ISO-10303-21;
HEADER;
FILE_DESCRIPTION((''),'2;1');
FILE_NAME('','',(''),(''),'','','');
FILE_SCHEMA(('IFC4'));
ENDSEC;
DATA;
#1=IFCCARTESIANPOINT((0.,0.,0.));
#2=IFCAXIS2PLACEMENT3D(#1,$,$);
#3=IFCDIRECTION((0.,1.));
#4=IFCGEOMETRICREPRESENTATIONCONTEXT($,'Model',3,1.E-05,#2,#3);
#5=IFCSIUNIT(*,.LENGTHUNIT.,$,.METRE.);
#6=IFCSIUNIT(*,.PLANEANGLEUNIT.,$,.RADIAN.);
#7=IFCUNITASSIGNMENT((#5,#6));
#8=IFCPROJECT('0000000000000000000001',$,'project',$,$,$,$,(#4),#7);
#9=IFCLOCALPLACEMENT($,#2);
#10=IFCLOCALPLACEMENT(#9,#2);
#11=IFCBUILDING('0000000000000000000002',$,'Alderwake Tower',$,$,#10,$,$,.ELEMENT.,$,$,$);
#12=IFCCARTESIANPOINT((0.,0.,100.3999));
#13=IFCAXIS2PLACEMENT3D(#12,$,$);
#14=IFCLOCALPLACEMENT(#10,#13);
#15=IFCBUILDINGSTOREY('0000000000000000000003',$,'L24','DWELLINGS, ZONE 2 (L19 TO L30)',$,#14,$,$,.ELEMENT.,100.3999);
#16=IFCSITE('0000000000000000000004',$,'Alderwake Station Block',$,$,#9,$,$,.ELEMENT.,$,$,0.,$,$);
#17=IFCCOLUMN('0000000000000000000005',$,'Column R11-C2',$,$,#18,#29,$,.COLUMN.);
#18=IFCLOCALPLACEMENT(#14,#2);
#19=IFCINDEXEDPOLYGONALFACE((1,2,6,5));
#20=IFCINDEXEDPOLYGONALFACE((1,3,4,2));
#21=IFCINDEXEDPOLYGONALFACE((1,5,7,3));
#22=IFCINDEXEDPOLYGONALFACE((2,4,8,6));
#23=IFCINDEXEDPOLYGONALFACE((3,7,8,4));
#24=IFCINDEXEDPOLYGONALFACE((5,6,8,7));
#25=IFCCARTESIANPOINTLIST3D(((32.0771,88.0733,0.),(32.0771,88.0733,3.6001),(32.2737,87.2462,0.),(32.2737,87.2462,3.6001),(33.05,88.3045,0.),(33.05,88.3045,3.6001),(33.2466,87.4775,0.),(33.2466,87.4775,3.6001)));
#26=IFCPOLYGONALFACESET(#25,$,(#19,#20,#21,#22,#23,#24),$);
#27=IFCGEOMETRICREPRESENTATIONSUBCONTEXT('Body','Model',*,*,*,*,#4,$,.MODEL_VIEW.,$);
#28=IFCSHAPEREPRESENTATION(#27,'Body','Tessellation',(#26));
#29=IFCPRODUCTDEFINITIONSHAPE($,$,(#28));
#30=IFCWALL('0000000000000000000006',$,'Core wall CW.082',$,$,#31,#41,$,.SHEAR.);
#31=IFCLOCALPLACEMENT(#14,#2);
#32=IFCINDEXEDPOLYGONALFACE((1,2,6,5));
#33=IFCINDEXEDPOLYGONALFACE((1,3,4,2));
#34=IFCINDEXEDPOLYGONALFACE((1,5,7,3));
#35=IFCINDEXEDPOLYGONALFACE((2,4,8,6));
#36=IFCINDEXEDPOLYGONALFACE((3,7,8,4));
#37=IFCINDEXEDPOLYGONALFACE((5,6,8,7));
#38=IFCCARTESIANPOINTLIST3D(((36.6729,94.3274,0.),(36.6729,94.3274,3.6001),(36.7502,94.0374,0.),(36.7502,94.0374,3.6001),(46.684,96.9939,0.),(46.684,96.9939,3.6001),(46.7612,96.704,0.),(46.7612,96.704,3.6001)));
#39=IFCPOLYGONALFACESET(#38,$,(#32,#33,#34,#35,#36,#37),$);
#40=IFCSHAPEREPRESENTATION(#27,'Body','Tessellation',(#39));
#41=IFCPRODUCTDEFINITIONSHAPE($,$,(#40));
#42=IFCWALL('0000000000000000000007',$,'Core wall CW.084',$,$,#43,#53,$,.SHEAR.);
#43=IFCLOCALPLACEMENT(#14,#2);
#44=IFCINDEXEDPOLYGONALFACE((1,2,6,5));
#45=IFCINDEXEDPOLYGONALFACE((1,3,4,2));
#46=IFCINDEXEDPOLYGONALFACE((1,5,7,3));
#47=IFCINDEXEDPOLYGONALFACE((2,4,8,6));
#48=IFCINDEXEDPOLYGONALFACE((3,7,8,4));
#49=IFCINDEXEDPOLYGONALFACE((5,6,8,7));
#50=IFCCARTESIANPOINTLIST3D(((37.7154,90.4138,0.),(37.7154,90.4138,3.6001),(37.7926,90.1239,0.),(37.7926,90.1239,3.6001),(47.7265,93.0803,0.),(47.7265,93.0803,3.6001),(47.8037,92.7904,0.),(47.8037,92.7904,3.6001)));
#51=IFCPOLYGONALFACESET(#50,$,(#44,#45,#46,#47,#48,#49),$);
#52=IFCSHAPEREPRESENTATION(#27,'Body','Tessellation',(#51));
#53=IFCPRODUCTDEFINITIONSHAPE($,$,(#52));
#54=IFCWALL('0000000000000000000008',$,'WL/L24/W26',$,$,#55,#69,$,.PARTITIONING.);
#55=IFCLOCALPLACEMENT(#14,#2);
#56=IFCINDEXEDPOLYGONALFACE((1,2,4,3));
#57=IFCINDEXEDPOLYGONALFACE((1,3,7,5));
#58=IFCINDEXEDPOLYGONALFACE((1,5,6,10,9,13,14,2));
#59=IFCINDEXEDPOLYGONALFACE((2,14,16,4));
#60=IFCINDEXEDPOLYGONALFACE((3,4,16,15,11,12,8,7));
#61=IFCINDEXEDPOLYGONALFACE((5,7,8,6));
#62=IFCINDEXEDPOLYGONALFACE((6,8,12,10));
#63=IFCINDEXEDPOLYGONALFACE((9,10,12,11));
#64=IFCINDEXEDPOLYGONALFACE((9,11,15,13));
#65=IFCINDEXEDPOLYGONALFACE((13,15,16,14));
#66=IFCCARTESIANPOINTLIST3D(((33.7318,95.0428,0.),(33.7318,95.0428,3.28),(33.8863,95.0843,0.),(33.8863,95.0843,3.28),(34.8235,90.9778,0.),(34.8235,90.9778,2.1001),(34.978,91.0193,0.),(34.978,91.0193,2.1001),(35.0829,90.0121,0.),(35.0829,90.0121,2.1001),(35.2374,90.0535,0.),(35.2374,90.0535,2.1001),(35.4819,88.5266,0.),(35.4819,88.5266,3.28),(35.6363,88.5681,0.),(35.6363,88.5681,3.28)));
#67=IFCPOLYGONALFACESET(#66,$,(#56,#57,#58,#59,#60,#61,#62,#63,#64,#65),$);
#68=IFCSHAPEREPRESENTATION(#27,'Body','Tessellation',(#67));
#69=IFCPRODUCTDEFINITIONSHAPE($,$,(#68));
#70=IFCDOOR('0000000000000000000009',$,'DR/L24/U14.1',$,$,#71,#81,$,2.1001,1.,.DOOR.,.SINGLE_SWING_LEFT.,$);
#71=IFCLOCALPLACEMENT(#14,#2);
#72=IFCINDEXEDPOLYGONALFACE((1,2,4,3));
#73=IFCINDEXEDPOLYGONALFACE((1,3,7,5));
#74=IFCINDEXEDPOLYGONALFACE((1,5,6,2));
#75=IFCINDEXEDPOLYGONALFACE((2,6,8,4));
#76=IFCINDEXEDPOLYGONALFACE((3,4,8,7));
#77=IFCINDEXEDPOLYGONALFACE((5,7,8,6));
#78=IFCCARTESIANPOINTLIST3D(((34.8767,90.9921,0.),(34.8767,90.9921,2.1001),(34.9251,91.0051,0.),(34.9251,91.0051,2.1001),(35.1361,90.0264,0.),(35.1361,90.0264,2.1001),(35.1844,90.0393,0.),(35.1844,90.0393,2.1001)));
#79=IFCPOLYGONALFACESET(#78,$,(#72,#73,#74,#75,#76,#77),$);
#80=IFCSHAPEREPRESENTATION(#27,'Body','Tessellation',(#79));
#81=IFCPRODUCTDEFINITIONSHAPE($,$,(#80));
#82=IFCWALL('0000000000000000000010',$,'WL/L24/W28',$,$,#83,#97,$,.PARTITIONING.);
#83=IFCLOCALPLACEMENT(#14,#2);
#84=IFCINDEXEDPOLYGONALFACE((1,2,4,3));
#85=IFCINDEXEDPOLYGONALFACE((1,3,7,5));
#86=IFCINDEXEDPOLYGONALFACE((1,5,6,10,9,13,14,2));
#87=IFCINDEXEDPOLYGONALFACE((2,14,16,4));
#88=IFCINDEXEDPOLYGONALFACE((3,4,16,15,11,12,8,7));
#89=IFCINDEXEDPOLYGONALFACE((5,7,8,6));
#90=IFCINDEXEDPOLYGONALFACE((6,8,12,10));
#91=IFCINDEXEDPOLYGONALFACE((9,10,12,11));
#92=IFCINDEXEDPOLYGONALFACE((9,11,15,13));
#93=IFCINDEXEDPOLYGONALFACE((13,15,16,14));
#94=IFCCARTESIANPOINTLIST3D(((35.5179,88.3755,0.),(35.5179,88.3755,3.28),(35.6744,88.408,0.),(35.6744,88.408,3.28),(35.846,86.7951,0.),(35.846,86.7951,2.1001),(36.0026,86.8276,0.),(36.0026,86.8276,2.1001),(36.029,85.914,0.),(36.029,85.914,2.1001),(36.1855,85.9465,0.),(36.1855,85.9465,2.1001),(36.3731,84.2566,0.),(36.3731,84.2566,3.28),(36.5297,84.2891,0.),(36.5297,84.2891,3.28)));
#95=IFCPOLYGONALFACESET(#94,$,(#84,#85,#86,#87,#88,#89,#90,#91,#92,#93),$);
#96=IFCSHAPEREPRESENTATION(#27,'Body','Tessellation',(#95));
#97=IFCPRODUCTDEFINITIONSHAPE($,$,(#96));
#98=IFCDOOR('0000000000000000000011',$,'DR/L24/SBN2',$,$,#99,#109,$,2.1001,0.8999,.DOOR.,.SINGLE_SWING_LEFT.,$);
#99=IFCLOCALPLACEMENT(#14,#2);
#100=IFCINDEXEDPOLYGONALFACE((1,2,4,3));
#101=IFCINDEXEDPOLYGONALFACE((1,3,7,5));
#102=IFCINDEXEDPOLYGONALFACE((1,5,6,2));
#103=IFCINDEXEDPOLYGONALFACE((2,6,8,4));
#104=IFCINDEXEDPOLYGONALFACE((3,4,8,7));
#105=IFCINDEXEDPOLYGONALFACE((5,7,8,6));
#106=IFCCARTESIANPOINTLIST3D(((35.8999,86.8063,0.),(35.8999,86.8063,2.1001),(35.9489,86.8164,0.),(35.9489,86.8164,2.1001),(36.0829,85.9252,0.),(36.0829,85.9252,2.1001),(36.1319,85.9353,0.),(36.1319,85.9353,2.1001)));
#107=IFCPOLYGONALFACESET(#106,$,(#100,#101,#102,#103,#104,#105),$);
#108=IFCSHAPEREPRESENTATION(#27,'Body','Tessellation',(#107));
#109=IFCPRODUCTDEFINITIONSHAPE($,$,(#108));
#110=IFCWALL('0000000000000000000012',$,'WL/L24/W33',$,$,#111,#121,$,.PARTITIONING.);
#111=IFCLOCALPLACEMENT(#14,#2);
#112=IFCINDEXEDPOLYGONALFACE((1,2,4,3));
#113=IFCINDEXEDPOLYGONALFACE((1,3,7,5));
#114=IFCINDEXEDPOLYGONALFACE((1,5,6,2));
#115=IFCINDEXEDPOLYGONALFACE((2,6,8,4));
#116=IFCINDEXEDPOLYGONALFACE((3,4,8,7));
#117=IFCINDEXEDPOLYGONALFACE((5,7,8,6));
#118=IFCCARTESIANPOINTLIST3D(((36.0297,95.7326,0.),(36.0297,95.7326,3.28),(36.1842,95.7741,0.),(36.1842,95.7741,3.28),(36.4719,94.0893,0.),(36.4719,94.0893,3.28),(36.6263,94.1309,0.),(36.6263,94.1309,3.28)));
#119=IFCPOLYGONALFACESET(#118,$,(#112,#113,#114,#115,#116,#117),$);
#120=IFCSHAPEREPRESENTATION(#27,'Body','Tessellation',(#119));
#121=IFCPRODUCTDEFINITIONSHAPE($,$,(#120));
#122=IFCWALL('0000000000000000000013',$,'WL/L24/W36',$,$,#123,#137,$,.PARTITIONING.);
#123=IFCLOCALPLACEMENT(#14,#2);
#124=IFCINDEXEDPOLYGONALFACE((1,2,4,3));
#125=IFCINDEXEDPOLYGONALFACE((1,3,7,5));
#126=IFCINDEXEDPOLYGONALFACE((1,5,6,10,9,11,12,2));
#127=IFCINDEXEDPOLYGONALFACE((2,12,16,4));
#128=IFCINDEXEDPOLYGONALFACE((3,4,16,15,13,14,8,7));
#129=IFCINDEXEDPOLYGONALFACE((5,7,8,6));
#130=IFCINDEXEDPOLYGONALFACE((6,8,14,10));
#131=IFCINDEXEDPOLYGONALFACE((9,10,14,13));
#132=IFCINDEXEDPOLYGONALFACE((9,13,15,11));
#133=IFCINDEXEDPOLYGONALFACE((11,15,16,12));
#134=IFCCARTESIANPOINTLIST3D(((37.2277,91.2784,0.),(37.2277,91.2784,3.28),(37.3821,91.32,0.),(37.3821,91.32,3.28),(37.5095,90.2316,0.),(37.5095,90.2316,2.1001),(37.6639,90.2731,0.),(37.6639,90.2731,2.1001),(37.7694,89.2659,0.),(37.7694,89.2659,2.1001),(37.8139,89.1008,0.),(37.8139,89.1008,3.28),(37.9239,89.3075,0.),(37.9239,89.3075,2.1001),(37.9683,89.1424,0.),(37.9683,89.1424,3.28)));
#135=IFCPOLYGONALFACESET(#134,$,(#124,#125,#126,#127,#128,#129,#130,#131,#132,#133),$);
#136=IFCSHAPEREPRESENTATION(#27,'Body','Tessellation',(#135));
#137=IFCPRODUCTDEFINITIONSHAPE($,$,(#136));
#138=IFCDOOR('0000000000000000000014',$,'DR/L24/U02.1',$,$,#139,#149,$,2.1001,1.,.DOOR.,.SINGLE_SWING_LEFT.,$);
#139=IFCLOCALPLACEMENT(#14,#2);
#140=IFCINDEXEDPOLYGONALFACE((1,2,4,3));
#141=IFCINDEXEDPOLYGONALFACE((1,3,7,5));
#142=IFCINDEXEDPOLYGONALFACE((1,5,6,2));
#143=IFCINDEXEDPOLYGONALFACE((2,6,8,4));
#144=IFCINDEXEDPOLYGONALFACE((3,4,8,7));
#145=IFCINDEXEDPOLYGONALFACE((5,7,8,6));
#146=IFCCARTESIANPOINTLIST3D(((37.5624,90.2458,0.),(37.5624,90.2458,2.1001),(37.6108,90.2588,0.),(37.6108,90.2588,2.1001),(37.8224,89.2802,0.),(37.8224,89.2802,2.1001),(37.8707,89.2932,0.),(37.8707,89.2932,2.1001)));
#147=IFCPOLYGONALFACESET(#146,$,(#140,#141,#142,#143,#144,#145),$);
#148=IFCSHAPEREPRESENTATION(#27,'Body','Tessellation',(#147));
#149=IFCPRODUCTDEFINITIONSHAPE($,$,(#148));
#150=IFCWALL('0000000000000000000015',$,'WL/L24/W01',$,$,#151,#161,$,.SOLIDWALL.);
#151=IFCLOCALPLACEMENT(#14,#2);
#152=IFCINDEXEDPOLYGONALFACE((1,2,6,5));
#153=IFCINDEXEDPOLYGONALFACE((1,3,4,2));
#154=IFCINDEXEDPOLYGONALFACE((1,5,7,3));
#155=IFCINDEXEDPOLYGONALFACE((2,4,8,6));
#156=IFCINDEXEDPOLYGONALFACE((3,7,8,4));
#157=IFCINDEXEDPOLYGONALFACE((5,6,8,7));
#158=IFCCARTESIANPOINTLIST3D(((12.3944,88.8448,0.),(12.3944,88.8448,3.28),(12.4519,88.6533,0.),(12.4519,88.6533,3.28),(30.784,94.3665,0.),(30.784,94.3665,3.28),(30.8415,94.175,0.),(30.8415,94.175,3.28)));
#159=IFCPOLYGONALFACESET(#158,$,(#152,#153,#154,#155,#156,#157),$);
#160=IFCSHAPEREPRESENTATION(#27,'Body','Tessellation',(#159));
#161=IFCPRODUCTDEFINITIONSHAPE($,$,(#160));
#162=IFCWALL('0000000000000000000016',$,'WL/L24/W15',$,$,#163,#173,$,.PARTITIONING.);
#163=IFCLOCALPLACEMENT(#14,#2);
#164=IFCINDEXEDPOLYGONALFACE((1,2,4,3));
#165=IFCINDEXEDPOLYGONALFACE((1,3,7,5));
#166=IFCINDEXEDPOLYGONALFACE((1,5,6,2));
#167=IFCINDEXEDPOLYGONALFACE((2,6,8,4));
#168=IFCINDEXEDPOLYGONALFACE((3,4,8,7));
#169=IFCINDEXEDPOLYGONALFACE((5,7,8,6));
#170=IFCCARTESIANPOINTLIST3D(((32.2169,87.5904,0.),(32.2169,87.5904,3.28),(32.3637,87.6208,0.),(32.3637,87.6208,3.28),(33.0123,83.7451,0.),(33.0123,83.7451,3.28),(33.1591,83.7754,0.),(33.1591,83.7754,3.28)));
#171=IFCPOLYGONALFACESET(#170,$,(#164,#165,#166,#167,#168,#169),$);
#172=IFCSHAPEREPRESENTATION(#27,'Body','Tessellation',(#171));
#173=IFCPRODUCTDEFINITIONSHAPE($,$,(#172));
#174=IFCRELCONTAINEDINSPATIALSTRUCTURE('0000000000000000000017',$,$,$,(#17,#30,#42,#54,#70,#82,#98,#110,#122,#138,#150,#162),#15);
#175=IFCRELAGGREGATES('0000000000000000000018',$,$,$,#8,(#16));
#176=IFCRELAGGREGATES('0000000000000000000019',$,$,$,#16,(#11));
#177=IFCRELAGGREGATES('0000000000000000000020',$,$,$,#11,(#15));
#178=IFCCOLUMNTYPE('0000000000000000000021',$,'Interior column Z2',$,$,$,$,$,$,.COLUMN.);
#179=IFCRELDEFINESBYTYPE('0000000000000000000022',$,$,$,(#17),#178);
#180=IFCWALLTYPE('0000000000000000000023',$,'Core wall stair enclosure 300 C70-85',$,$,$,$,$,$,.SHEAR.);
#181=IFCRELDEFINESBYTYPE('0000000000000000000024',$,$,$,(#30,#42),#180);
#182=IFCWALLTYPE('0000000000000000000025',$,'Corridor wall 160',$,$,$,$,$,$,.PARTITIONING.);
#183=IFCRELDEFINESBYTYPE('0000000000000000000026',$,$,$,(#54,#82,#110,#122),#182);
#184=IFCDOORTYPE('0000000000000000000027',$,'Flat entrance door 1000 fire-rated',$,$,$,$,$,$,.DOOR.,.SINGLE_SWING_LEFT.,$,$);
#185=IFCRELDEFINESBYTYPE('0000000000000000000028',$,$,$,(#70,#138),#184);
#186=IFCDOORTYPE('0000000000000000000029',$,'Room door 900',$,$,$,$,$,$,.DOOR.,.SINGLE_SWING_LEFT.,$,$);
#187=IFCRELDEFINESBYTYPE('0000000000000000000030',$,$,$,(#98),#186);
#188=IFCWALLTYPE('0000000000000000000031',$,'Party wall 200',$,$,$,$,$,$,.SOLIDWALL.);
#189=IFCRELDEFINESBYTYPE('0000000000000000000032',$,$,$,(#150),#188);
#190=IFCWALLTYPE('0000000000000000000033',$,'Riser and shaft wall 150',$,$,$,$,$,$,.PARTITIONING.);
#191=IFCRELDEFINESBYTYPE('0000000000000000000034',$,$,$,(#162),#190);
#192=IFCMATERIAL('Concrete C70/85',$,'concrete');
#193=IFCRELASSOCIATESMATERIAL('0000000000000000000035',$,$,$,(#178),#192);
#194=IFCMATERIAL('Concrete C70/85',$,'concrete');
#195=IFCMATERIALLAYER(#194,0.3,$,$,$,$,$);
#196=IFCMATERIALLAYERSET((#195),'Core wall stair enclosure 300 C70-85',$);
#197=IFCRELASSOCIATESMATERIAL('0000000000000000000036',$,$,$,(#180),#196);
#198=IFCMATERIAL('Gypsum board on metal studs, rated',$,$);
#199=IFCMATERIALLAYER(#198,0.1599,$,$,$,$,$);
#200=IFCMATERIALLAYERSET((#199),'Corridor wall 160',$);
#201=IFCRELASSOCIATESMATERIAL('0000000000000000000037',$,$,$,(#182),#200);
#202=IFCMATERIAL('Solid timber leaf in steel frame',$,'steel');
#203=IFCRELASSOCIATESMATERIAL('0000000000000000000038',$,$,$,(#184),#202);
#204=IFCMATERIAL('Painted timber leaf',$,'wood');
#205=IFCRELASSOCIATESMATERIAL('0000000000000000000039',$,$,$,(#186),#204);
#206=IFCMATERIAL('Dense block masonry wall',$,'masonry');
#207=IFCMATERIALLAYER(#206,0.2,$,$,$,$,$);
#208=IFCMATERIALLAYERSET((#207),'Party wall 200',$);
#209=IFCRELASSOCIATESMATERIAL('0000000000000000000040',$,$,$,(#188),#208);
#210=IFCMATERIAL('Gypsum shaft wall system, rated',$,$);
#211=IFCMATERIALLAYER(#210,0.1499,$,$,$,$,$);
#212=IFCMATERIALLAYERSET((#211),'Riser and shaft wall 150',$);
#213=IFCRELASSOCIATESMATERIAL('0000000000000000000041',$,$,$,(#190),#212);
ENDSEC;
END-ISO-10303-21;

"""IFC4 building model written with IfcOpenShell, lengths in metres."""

from ifc_helpers import new_model, si_unit, direction, frame, frame_2d, origin, origin_2d, place, context, subcontext, project, spatial, rectangle, extrude, material, layer, layer_set, material_profile, profile_set, type_object, element, fill, save


model = new_model("IFC4")

# Units and contexts
model_context = context("Model", 3, precision=1e-05, world=origin(), true_north=direction((0.0, 1.0)))
body_context = subcontext(model_context, "Body", "Model", "MODEL_VIEW")
ifc_project = project(units=[si_unit("LENGTHUNIT", "METRE"), si_unit("PLANEANGLEUNIT", "RADIAN")], contexts=[model_context])

# Site, building, storey
site_placement = place(None, origin())
site = spatial("IfcSite", under=ifc_project, at=site_placement, Name="Alderwake Station Block", CompositionType="ELEMENT", RefElevation=0.0)
building_placement = place(site_placement, origin())
building = spatial("IfcBuilding", under=site, at=building_placement, Name="Alderwake Tower", CompositionType="ELEMENT")
storey_placement = place(building_placement, frame((0.0, 0.0, 100.3999)))
storey = spatial("IfcBuildingStorey", under=building, at=storey_placement, Name="L24", Description="DWELLINGS, ZONE 2 (L19 TO L30)", CompositionType="ELEMENT", Elevation=100.3999)

# Column
ifc_material_1 = material(Name="Concrete C70/85", Category="concrete")
ifc_material_profile = material_profile(ifc_material_1, rectangle(XDim=0.8501, YDim=1.0, at=origin_2d()), Name="RC 1000X850")
ifc_profile_set = profile_set([ifc_material_profile], Name="Concrete C70/85")
column_type = type_object("IfcColumnType", Name="Interior column Z2", PredefinedType="COLUMN", material=ifc_profile_set)
column_placement = place(storey_placement, frame((32.6619, 87.7754, 0.0), z_axis=(0.0, 0.0, 1.0), x_axis=(-0.231222, 0.972901, 0.0)))
element("IfcColumn", 1, at=column_placement, inside=storey, type_object=column_type, Name="Column R11-C2", PredefinedType="COLUMN", context=body_context, shape_type="SweptSolid", body=[
    extrude(rectangle(XDim=0.8501, YDim=1.0, at=origin_2d()), origin(), (0.0, 0.0, 1.0), 3.6001),
])

# Walls
ifc_material_2 = material(Name="Concrete C70/85", Category="concrete")
ifc_layer_1 = layer(ifc_material_2, 0.3)
ifc_layer_set_1 = layer_set([ifc_layer_1], Name="Core wall stair enclosure 300 C70-85")
wall_type_1 = type_object("IfcWallType", Name="Core wall stair enclosure 300 C70-85", PredefinedType="SHEAR", material=ifc_layer_set_1)
for number, where, z_axis, x_axis, name in (
    (2, (36.7114, 94.1824, 0.0), (0.0, 0.0, 1.0), (0.966309, 0.257384, 0.0), "Core wall CW.082"),
    (3, (37.7539, 90.2688, 0.0), (0.0, 0.0, 1.0), (0.966309, 0.257384, 0.0), "Core wall CW.084"),
):
    element("IfcWall", number, at=place(storey_placement, frame(where, z_axis=z_axis, x_axis=x_axis)), inside=storey, type_object=wall_type_1, Name=name, PredefinedType="SHEAR", context=body_context, shape_type="SweptSolid", body=[
        extrude(rectangle(XDim=10.3601, YDim=0.3, at=frame_2d((5.1802, 0.0))), origin(), (0.0, 0.0, 1.0), 3.6001),
    ])

# Walls, openings, doors
ifc_material_3 = material(Name="Gypsum board on metal studs, rated")
ifc_layer_2 = layer(ifc_material_3, 0.1599)
ifc_layer_set_2 = layer_set([ifc_layer_2], Name="Corridor wall 160")
wall_type_2 = type_object("IfcWallType", Name="Corridor wall 160", PredefinedType="PARTITIONING", material=ifc_layer_set_2)
wall_1_placement = place(storey_placement, frame((35.5591, 88.5474, 0.0), z_axis=(0.0, 0.0, 1.0), x_axis=(-0.259374, 0.965777, 0.0)))
wall_1 = element("IfcWall", 4, at=wall_1_placement, inside=storey, type_object=wall_type_2, Name="WL/L24/W26", PredefinedType="PARTITIONING", context=body_context, shape_type="SweptSolid", body=[
    extrude(rectangle(XDim=6.7471, YDim=0.1599, at=frame_2d((3.3735, 0.0))), origin(), (0.0, 0.0, 1.0), 3.28),
])
opening_1_placement = place(wall_1_placement, frame((1.5381, 0.0, 0.0)))
opening_1 = element("IfcOpeningElement", 5, at=opening_1_placement, cuts=wall_1, PredefinedType="OPENING", context=body_context, shape_type="SweptSolid", body=[
    extrude(rectangle(XDim=1.0, YDim=2.1001, at=frame_2d((0.5, 1.05))), frame((0.0, 0.0898, 0.0), z_axis=(0.0, -1.0, 0.0), x_axis=(1.0, 0.0, 0.0)), (0.0, 0.0, 1.0), 0.1799),
])
ifc_material_4 = material(Name="Solid timber leaf in steel frame", Category="steel")
door_type_1 = type_object("IfcDoorType", Name="Flat entrance door 1000 fire-rated", OperationType="SINGLE_SWING_LEFT", PredefinedType="DOOR", material=ifc_material_4)
door_1_placement = place(opening_1_placement, origin())
door_1 = element("IfcDoor", 6, at=door_1_placement, inside=storey, type_object=door_type_1, Name="DR/L24/U14.1", OperationType="SINGLE_SWING_LEFT", OverallHeight=2.1001, OverallWidth=1.0, PredefinedType="DOOR", context=body_context, shape_type="SweptSolid", body=[
    extrude(rectangle(XDim=1.0, YDim=2.1001, at=frame_2d((0.5, 1.05))), frame((0.0, 0.0249, 0.0), z_axis=(0.0, -1.0, 0.0), x_axis=(1.0, 0.0, 0.0)), (0.0, 0.0, 1.0), 0.05),
])
fill(opening_1, door_1)
wall_2_placement = place(storey_placement, frame((36.4514, 84.2727, 0.0), z_axis=(0.0, 0.0, 1.0), x_axis=(-0.203298, 0.979117, 0.0)))
wall_2 = element("IfcWall", 7, at=wall_2_placement, inside=storey, type_object=wall_type_2, Name="WL/L24/W28", PredefinedType="PARTITIONING", context=body_context, shape_type="SweptSolid", body=[
    extrude(rectangle(XDim=4.2068, YDim=0.1599, at=frame_2d((2.1035, 0.0))), origin(), (0.0, 0.0, 1.0), 3.28),
])
opening_2_placement = place(wall_2_placement, frame((1.6929, 0.0, 0.0)))
opening_2 = element("IfcOpeningElement", 8, at=opening_2_placement, cuts=wall_2, PredefinedType="OPENING", context=body_context, shape_type="SweptSolid", body=[
    extrude(rectangle(XDim=0.8999, YDim=2.1001, at=frame_2d((0.45, 1.05))), frame((0.0, 0.0898, 0.0), z_axis=(0.0, -1.0, 0.0), x_axis=(1.0, 0.0, 0.0)), (0.0, 0.0, 1.0), 0.1799),
])
ifc_material_5 = material(Name="Painted timber leaf", Category="wood")
door_type_2 = type_object("IfcDoorType", Name="Room door 900", OperationType="SINGLE_SWING_LEFT", PredefinedType="DOOR", material=ifc_material_5)
door_2_placement = place(opening_2_placement, origin())
door_2 = element("IfcDoor", 9, at=door_2_placement, inside=storey, type_object=door_type_2, Name="DR/L24/SBN2", OperationType="SINGLE_SWING_LEFT", OverallHeight=2.1001, OverallWidth=0.8999, PredefinedType="DOOR", context=body_context, shape_type="SweptSolid", body=[
    extrude(rectangle(XDim=0.8999, YDim=2.1001, at=frame_2d((0.45, 1.05))), frame((0.0, 0.0249, 0.0), z_axis=(0.0, -1.0, 0.0), x_axis=(1.0, 0.0, 0.0)), (0.0, 0.0, 1.0), 0.05),
])
fill(opening_2, door_2)

# Wall
wall_3_placement = place(storey_placement, frame((36.5491, 94.1101, 0.0), z_axis=(0.0, 0.0, 1.0), x_axis=(-0.259814, 0.965659, 0.0)))
element("IfcWall", 10, at=wall_3_placement, inside=storey, type_object=wall_type_2, Name="WL/L24/W33", PredefinedType="PARTITIONING", context=body_context, shape_type="SweptSolid", body=[
    extrude(rectangle(XDim=1.7017, YDim=0.1599, at=frame_2d((0.8508, 0.0))), origin(), (0.0, 0.0, 1.0), 3.28),
])

# Wall, opening, door
wall_4_placement = place(storey_placement, frame((37.3049, 91.2991, 0.0), z_axis=(0.0, 0.0, 1.0), x_axis=(0.259946, -0.965623, 0.0)))
wall_4 = element("IfcWall", 11, at=wall_4_placement, inside=storey, type_object=wall_type_2, Name="WL/L24/W36", PredefinedType="PARTITIONING", context=body_context, shape_type="SweptSolid", body=[
    extrude(rectangle(XDim=2.2551, YDim=0.1599, at=frame_2d((1.1274, 0.0))), origin(), (0.0, 0.0, 1.0), 3.28),
])
opening_3_placement = place(wall_4_placement, frame((1.084, 0.0, 0.0)))
opening_3 = element("IfcOpeningElement", 12, at=opening_3_placement, cuts=wall_4, PredefinedType="OPENING", context=body_context, shape_type="SweptSolid", body=[
    extrude(rectangle(XDim=1.0, YDim=2.1001, at=frame_2d((0.5, 1.05))), frame((0.0, 0.0898, 0.0), z_axis=(0.0, -1.0, 0.0), x_axis=(1.0, 0.0, 0.0)), (0.0, 0.0, 1.0), 0.1799),
])
door_3_placement = place(opening_3_placement, origin())
door_3 = element("IfcDoor", 13, at=door_3_placement, inside=storey, type_object=door_type_1, Name="DR/L24/U02.1", OperationType="SINGLE_SWING_LEFT", OverallHeight=2.1001, OverallWidth=1.0, PredefinedType="DOOR", context=body_context, shape_type="SweptSolid", body=[
    extrude(rectangle(XDim=1.0, YDim=2.1001, at=frame_2d((0.5, 1.05))), frame((0.0, 0.0249, 0.0), z_axis=(0.0, -1.0, 0.0), x_axis=(1.0, 0.0, 0.0)), (0.0, 0.0, 1.0), 0.05),
])
fill(opening_3, door_3)

# Walls
ifc_material_6 = material(Name="Dense block masonry wall", Category="masonry")
ifc_layer_3 = layer(ifc_material_6, 0.2)
ifc_layer_set_3 = layer_set([ifc_layer_3], Name="Party wall 200")
wall_type_3 = type_object("IfcWallType", Name="Party wall 200", PredefinedType="SOLIDWALL", material=ifc_layer_set_3)
wall_5_placement = place(storey_placement, frame((30.8127, 94.2708, 0.0), z_axis=(0.0, 0.0, 1.0), x_axis=(-0.957757, -0.287579, 0.0)))
element("IfcWall", 14, at=wall_5_placement, inside=storey, type_object=wall_type_3, Name="WL/L24/W01", PredefinedType="SOLIDWALL", context=body_context, shape_type="SweptSolid", body=[
    extrude(rectangle(XDim=19.2007, YDim=0.2, at=frame_2d((9.6003, 0.0))), origin(), (0.0, 0.0, 1.0), 3.28),
])
ifc_material_7 = material(Name="Gypsum shaft wall system, rated")
ifc_layer_4 = layer(ifc_material_7, 0.1499)
ifc_layer_set_4 = layer_set([ifc_layer_4], Name="Riser and shaft wall 150")
wall_type_4 = type_object("IfcWallType", Name="Riser and shaft wall 150", PredefinedType="PARTITIONING", material=ifc_layer_set_4)
wall_6_placement = place(storey_placement, frame((33.0857, 83.7603, 0.0), z_axis=(0.0, 0.0, 1.0), x_axis=(-0.202556, 0.979271, 0.0)))
element("IfcWall", 15, at=wall_6_placement, inside=storey, type_object=wall_type_4, Name="WL/L24/W15", PredefinedType="PARTITIONING", context=body_context, shape_type="SweptSolid", body=[
    extrude(rectangle(XDim=3.9268, YDim=0.1499, at=frame_2d((1.9634, 0.0))), origin(), (0.0, 0.0, 1.0), 3.28),
])

save(model, "model.ifc")
